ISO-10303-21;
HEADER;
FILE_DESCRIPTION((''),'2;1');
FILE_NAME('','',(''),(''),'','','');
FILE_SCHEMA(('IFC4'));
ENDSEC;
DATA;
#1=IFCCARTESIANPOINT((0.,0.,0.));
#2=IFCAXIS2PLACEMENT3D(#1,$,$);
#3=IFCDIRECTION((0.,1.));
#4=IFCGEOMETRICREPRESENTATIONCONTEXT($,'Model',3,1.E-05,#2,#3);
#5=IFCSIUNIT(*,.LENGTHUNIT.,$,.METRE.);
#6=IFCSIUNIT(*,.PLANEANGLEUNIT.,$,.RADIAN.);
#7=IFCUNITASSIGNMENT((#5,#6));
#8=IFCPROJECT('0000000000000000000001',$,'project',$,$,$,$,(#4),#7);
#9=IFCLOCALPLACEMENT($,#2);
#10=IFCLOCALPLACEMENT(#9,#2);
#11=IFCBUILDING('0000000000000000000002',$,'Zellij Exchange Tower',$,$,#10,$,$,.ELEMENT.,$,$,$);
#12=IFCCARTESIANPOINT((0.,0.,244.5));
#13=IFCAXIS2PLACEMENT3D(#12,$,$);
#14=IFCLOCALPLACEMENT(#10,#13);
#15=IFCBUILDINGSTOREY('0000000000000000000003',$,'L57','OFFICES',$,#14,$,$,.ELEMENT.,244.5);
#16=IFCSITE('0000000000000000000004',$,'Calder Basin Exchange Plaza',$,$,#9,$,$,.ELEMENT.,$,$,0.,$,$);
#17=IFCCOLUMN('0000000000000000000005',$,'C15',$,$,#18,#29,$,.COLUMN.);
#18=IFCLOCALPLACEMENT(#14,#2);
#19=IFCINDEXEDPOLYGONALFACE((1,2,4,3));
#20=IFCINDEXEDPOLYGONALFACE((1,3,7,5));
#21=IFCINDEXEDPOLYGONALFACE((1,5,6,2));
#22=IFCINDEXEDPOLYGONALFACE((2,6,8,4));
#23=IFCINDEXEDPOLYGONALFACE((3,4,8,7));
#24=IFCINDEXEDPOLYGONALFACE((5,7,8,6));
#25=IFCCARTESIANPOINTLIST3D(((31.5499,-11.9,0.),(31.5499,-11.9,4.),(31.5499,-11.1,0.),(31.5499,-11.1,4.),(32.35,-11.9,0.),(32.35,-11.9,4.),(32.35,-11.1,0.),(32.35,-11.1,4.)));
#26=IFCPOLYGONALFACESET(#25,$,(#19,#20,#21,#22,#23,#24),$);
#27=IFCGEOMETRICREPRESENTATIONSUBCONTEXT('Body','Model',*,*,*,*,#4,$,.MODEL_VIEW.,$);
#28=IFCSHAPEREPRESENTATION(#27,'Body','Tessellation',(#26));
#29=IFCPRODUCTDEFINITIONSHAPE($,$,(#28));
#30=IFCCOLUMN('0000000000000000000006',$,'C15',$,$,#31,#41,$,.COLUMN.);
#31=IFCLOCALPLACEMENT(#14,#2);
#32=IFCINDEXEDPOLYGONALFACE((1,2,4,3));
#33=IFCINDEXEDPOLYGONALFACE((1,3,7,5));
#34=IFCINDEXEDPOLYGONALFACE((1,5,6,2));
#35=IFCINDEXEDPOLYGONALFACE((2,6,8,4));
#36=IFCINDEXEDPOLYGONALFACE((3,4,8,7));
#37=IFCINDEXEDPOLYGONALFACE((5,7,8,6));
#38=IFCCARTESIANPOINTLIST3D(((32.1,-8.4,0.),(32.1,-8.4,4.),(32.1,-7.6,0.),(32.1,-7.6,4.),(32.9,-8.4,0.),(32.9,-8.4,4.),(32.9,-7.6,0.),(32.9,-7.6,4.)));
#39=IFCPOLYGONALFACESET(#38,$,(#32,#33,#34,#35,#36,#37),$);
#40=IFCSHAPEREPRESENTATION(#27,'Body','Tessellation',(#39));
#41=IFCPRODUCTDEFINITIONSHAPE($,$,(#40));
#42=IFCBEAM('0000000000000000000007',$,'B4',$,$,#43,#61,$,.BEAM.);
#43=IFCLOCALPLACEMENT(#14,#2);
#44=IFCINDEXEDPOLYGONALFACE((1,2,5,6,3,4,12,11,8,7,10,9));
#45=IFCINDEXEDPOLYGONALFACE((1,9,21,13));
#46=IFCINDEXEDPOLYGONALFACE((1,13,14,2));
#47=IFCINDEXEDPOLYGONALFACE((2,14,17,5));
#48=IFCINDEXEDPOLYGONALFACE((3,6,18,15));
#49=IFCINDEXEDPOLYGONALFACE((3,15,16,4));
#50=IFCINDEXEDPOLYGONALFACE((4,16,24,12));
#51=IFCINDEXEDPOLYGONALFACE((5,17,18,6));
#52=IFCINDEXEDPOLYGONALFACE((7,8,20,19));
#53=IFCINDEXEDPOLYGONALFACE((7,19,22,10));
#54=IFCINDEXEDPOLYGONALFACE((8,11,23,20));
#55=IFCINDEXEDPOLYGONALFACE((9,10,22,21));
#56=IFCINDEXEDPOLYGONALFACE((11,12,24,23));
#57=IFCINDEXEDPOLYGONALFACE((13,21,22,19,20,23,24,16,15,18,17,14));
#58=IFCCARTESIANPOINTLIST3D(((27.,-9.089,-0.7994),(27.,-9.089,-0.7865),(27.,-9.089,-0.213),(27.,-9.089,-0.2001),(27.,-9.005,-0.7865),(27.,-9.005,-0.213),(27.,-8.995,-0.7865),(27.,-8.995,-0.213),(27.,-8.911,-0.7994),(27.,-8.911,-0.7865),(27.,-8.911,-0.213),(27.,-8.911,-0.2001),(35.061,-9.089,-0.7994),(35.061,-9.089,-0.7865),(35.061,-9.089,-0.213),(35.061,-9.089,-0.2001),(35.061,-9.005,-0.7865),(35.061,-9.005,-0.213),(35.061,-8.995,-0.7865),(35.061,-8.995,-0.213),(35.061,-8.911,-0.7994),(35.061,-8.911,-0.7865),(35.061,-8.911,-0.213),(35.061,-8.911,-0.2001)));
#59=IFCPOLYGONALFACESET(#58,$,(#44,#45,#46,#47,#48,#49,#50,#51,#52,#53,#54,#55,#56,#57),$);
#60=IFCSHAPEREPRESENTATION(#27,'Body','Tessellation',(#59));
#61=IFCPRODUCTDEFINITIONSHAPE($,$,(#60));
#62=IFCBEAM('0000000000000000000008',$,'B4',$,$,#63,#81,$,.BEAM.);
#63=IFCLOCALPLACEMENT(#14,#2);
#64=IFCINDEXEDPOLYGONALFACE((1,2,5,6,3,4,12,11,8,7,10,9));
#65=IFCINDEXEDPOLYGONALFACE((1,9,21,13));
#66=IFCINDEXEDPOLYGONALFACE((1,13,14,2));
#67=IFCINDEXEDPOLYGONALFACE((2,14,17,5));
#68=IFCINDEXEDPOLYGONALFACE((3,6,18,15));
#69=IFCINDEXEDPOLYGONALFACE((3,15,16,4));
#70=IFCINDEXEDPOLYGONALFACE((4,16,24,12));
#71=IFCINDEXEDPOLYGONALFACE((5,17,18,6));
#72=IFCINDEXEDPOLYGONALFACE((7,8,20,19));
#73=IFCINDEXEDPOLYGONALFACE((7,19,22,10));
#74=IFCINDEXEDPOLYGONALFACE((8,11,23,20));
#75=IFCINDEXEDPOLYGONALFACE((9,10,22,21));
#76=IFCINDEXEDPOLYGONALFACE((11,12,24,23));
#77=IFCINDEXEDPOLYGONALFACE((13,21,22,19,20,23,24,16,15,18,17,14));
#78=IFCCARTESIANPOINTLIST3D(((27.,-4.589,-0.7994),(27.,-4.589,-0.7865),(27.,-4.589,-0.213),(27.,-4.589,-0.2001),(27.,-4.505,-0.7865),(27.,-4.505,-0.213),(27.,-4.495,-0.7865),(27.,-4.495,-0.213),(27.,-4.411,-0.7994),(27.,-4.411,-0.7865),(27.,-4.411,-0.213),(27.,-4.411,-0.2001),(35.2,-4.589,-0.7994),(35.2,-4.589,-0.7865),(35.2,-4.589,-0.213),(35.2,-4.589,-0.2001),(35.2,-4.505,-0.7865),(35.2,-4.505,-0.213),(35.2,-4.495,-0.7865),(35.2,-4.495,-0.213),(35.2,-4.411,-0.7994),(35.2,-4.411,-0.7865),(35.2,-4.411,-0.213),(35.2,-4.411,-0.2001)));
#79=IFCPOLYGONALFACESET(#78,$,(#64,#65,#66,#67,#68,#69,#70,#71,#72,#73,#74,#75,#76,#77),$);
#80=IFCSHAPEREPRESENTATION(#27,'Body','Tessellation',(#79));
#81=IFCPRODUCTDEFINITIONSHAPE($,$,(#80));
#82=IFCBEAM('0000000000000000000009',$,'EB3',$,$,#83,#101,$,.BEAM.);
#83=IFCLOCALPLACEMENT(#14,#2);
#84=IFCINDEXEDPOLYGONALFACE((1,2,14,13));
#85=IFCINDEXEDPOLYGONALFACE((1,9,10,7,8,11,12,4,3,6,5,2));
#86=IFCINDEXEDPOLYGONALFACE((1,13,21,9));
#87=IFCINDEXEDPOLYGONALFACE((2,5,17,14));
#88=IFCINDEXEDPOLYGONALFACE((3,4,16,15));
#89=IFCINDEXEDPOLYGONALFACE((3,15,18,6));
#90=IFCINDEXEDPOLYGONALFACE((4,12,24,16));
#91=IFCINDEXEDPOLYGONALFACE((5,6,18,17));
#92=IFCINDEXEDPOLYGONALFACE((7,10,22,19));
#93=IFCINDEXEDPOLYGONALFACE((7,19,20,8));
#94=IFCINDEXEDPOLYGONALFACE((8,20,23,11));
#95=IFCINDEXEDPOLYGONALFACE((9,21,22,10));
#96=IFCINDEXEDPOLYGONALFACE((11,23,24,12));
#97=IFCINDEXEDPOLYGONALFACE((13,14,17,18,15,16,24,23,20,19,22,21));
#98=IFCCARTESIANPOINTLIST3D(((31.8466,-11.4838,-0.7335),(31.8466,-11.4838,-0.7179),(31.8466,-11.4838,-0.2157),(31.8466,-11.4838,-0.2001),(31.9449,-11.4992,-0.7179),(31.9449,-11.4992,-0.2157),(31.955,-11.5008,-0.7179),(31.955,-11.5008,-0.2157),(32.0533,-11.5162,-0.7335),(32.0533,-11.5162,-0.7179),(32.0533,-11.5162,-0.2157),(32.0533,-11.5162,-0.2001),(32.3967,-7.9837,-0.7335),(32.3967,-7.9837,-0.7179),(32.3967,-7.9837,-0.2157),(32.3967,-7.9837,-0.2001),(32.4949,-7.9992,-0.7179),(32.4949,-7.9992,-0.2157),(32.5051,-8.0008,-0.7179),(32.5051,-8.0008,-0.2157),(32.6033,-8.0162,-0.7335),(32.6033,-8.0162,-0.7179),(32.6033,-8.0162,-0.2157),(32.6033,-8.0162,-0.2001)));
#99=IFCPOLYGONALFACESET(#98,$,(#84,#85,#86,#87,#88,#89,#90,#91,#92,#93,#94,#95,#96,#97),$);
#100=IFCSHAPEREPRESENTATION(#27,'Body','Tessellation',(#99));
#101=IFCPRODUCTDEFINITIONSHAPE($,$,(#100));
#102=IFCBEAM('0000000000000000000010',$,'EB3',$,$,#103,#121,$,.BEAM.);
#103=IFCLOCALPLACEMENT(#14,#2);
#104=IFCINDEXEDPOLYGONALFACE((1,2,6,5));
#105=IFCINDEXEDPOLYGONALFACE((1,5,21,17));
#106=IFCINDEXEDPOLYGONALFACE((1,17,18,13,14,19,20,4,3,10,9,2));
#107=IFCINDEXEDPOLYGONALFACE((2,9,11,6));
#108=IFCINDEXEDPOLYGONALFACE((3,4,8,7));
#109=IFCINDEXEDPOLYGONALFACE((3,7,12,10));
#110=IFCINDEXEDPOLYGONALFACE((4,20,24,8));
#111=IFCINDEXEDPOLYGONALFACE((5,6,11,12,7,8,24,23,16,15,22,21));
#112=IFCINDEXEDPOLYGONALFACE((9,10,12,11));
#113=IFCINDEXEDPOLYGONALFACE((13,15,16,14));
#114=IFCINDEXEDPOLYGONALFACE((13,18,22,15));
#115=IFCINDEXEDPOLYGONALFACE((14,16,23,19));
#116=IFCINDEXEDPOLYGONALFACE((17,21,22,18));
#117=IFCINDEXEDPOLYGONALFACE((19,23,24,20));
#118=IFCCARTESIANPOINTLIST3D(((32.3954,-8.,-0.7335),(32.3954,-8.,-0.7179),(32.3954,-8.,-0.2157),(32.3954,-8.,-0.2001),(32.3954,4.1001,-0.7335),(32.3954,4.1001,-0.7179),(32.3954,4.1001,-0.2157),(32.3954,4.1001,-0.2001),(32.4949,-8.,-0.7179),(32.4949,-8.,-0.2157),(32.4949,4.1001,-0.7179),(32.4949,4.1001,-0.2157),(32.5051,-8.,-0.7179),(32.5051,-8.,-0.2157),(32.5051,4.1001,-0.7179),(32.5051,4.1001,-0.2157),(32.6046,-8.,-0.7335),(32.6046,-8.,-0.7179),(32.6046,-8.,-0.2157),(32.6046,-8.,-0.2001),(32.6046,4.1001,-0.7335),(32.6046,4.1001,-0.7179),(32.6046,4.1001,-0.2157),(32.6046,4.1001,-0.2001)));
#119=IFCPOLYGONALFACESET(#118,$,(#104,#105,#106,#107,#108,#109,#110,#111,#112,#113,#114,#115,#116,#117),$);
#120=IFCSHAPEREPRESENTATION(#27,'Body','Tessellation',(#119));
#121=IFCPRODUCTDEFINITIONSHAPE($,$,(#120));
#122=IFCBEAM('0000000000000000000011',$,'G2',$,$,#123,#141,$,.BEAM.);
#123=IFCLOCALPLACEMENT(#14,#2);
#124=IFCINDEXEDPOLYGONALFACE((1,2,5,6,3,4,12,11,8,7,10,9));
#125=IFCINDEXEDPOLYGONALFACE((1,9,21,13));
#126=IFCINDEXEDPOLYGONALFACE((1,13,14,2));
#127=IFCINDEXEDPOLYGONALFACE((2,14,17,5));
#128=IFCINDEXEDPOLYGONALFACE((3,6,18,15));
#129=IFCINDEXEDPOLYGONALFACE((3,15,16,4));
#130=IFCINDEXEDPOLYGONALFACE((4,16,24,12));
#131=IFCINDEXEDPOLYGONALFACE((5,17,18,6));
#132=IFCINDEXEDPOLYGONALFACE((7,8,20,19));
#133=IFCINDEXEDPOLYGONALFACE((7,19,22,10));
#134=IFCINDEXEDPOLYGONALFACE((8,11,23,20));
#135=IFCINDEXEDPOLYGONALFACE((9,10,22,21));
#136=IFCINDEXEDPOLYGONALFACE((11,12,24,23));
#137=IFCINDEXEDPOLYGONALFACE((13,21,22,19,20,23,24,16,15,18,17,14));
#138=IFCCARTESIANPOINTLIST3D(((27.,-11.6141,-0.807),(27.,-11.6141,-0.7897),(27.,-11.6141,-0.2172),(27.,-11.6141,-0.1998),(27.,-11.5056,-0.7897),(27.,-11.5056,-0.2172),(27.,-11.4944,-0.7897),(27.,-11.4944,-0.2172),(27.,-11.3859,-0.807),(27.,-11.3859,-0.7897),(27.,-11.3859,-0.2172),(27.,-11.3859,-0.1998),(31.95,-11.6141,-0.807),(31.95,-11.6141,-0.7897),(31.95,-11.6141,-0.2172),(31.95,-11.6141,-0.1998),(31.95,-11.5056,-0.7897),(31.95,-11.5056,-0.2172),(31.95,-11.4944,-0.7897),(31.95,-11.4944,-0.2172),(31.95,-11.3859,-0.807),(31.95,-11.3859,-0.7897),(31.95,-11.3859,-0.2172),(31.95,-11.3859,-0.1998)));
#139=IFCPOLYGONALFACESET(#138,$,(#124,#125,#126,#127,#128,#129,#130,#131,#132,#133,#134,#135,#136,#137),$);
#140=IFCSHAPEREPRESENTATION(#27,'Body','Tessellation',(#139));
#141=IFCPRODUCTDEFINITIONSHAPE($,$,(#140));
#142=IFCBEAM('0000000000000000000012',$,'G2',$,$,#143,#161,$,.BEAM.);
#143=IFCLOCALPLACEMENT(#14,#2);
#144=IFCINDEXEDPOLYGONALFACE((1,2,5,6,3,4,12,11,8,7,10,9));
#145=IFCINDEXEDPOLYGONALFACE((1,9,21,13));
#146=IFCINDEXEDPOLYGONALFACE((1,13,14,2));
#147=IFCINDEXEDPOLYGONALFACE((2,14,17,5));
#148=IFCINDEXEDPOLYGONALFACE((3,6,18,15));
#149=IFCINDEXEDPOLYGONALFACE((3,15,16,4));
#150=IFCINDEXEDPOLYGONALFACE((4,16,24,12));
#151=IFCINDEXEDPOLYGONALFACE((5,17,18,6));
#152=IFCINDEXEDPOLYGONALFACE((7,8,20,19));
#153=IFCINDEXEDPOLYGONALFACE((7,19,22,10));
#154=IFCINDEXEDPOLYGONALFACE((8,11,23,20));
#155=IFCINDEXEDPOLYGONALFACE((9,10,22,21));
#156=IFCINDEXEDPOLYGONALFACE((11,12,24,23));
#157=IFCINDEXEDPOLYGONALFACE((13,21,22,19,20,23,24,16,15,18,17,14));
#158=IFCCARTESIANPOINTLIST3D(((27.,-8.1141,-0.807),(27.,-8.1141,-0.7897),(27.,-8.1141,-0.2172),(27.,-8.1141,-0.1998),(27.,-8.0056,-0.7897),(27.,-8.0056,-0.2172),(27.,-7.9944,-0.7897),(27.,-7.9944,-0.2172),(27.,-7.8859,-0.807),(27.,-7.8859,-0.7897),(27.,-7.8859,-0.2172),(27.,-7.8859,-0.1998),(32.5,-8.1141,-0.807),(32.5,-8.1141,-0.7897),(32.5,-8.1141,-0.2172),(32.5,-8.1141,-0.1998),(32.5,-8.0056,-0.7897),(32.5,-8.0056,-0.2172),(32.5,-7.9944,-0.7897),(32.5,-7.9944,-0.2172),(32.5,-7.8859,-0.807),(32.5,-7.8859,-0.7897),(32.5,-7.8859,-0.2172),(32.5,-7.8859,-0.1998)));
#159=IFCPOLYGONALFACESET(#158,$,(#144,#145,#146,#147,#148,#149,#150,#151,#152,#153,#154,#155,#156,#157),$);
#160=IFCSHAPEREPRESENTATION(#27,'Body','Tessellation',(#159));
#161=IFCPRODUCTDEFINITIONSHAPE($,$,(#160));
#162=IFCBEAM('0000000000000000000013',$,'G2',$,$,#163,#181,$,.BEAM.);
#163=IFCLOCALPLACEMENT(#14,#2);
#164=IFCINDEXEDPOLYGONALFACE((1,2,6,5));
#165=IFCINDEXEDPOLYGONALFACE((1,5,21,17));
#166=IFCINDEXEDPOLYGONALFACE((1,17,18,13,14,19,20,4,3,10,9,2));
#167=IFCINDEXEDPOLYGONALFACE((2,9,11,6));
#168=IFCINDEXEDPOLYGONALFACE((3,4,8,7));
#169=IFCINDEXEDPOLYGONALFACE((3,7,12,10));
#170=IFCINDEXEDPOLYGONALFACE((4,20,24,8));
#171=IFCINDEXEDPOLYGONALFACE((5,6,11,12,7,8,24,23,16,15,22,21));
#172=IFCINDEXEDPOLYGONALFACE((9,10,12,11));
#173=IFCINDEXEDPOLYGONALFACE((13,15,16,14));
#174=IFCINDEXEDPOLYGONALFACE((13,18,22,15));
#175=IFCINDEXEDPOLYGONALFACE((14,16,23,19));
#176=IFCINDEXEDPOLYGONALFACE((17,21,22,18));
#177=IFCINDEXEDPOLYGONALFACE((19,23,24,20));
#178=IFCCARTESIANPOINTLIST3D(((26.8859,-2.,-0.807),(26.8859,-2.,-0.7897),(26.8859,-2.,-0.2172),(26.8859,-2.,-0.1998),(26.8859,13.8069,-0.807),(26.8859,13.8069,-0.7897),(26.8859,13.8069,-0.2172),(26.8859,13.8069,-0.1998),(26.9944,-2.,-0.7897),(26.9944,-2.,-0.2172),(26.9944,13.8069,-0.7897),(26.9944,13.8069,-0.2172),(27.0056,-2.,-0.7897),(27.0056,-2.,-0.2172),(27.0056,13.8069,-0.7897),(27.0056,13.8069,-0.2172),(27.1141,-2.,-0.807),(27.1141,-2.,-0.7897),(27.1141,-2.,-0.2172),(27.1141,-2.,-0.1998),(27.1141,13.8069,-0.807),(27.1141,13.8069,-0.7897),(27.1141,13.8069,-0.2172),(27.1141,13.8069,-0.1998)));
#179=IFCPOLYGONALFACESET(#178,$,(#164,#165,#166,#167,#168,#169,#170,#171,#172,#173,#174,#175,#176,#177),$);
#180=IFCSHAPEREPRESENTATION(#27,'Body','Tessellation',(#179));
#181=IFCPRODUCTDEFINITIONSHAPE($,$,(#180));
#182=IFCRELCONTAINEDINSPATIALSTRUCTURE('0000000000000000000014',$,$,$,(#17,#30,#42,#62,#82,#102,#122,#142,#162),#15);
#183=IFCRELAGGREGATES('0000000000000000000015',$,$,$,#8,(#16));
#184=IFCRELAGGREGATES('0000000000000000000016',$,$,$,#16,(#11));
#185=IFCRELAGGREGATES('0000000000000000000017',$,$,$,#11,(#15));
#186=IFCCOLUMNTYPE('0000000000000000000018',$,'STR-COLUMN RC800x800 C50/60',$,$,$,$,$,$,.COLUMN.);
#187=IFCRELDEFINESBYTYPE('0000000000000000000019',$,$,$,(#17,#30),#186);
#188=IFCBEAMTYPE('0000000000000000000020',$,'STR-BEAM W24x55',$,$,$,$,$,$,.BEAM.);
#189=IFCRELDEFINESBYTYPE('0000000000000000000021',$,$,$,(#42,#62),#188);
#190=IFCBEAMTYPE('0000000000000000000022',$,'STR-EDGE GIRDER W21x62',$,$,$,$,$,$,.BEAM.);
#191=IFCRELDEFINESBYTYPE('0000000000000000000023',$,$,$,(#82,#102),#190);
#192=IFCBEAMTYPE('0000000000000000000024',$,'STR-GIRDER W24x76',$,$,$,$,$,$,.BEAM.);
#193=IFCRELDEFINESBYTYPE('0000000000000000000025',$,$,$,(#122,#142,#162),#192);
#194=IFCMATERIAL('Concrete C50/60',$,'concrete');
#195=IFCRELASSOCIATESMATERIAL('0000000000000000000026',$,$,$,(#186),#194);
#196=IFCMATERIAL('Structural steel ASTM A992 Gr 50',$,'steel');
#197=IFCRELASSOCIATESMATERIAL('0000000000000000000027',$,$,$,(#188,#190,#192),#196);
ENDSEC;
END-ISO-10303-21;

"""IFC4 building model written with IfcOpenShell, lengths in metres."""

from ifc_helpers import new_model, si_unit, direction, frame, origin, origin_2d, place, context, subcontext, project, spatial, rectangle, i_section, extrude, material, material_profile, profile_set, type_object, element, save


model = new_model("IFC4")

# Units and contexts
model_context = context("Model", 3, precision=1e-05, world=origin(), true_north=direction((0.0, 1.0)))
body_context = subcontext(model_context, "Body", "Model", "MODEL_VIEW")
ifc_project = project(units=[si_unit("LENGTHUNIT", "METRE"), si_unit("PLANEANGLEUNIT", "RADIAN")], contexts=[model_context])

# Site, building, storey
site_placement = place(None, origin())
site = spatial("IfcSite", under=ifc_project, at=site_placement, Name="Calder Basin Exchange Plaza", CompositionType="ELEMENT", RefElevation=0.0)
building_placement = place(site_placement, origin())
building = spatial("IfcBuilding", under=site, at=building_placement, Name="Zellij Exchange Tower", CompositionType="ELEMENT")
storey_placement = place(building_placement, frame((0.0, 0.0, 244.5)))
storey = spatial("IfcBuildingStorey", under=building, at=storey_placement, Name="L57", Description="OFFICES", CompositionType="ELEMENT", Elevation=244.5)

# Columns
ifc_material_1 = material(Name="Concrete C50/60", Category="concrete")
ifc_material_profile_1 = material_profile(ifc_material_1, rectangle(XDim=0.8, YDim=0.8, at=origin_2d()), Name="STR-COLUMN RC800x800 C50/60")
ifc_profile_set_1 = profile_set([ifc_material_profile_1], Name="Concrete C50/60")
column_type = type_object("IfcColumnType", Name="STR-COLUMN RC800x800 C50/60", PredefinedType="COLUMN", material=ifc_profile_set_1)
for number, where, z_axis, x_axis, name in (
    (1, (31.95, -11.5, 0.0), (0.0, 0.0, 1.0), (1.0, 0.0, 0.0), "C15"),
    (2, (32.5, -8.0, 0.0), (0.0, 0.0, 1.0), (1.0, 0.0, 0.0), "C15"),
):
    element("IfcColumn", number, at=place(storey_placement, frame(where, z_axis=z_axis, x_axis=x_axis)), inside=storey, type_object=column_type, Name=name, PredefinedType="COLUMN", context=body_context, shape_type="SweptSolid", body=[
        extrude(rectangle(XDim=0.8, YDim=0.8, at=origin_2d()), origin(), (0.0, 0.0, 1.0), 4.0),
    ])

# Beams
ifc_material_2 = material(Name="Structural steel ASTM A992 Gr 50", Category="steel")
ifc_material_profile_2 = material_profile(ifc_material_2, i_section(OverallWidth=0.178, OverallDepth=0.5994, WebThickness=0.01, FlangeThickness=0.0129, at=origin_2d()), Name="W24x55")
ifc_profile_set_2 = profile_set([ifc_material_profile_2], Name="Structural steel ASTM A992 Gr 50")
beam_type_1 = type_object("IfcBeamType", Name="STR-BEAM W24x55", PredefinedType="BEAM", material=ifc_profile_set_2)
beam_1_placement = place(storey_placement, frame((27.0, -9.0, -0.4998), z_axis=(1.0, 0.0, 0.0), x_axis=(0.0, 1.0, 0.0)))
element("IfcBeam", 3, at=beam_1_placement, inside=storey, type_object=beam_type_1, Name="B4", PredefinedType="BEAM", context=body_context, shape_type="SweptSolid", body=[
    extrude(i_section(OverallWidth=0.178, OverallDepth=0.5994, WebThickness=0.01, FlangeThickness=0.0129, at=origin_2d()), origin(), (0.0, 0.0, 1.0), 8.061),
])
beam_2_placement = place(storey_placement, frame((27.0, -4.5, -0.4998), z_axis=(1.0, 0.0, 0.0), x_axis=(0.0, 1.0, 0.0)))
element("IfcBeam", 4, at=beam_2_placement, inside=storey, type_object=beam_type_1, Name="B4", PredefinedType="BEAM", context=body_context, shape_type="SweptSolid", body=[
    extrude(i_section(OverallWidth=0.178, OverallDepth=0.5994, WebThickness=0.01, FlangeThickness=0.0129, at=origin_2d()), origin(), (0.0, 0.0, 1.0), 8.2),
])
ifc_material_profile_3 = material_profile(ifc_material_2, i_section(OverallWidth=0.2092, OverallDepth=0.5334, WebThickness=0.0103, FlangeThickness=0.0156, at=origin_2d()), Name="W21x62")
ifc_profile_set_3 = profile_set([ifc_material_profile_3], Name="Structural steel ASTM A992 Gr 50")
beam_type_2 = type_object("IfcBeamType", Name="STR-EDGE GIRDER W21x62", PredefinedType="BEAM", material=ifc_profile_set_3)
beam_3_placement = place(storey_placement, frame((31.95, -11.5, -0.4668), z_axis=(0.155251, 0.987875, 0.0), x_axis=(-0.987875, 0.155251, 0.0)))
element("IfcBeam", 5, at=beam_3_placement, inside=storey, type_object=beam_type_2, Name="EB3", PredefinedType="BEAM", context=body_context, shape_type="SweptSolid", body=[
    extrude(i_section(OverallWidth=0.2092, OverallDepth=0.5334, WebThickness=0.0103, FlangeThickness=0.0156, at=origin_2d()), origin(), (0.0, 0.0, 1.0), 3.543),
])
beam_4_placement = place(storey_placement, frame((32.5, -8.0, -0.4668), z_axis=(0.0, 1.0, 0.0), x_axis=(-1.0, 0.0, 0.0)))
element("IfcBeam", 6, at=beam_4_placement, inside=storey, type_object=beam_type_2, Name="EB3", PredefinedType="BEAM", context=body_context, shape_type="SweptSolid", body=[
    extrude(i_section(OverallWidth=0.2092, OverallDepth=0.5334, WebThickness=0.0103, FlangeThickness=0.0156, at=origin_2d()), origin(), (0.0, 0.0, 1.0), 12.1001),
])
ifc_material_profile_4 = material_profile(ifc_material_2, i_section(OverallWidth=0.2283, OverallDepth=0.6072, WebThickness=0.0112, FlangeThickness=0.0173, at=origin_2d()), Name="W24x76")
ifc_profile_set_4 = profile_set([ifc_material_profile_4], Name="Structural steel ASTM A992 Gr 50")
beam_type_3 = type_object("IfcBeamType", Name="STR-GIRDER W24x76", PredefinedType="BEAM", material=ifc_profile_set_4)
beam_5_placement = place(storey_placement, frame((27.0, -11.5, -0.5034), z_axis=(1.0, 0.0, 0.0), x_axis=(0.0, 1.0, 0.0)))
element("IfcBeam", 7, at=beam_5_placement, inside=storey, type_object=beam_type_3, Name="G2", PredefinedType="BEAM", context=body_context, shape_type="SweptSolid", body=[
    extrude(i_section(OverallWidth=0.2283, OverallDepth=0.6072, WebThickness=0.0112, FlangeThickness=0.0173, at=origin_2d()), origin(), (0.0, 0.0, 1.0), 4.95),
])
beam_6_placement = place(storey_placement, frame((27.0, -8.0, -0.5034), z_axis=(1.0, 0.0, 0.0), x_axis=(0.0, 1.0, 0.0)))
element("IfcBeam", 8, at=beam_6_placement, inside=storey, type_object=beam_type_3, Name="G2", PredefinedType="BEAM", context=body_context, shape_type="SweptSolid", body=[
    extrude(i_section(OverallWidth=0.2283, OverallDepth=0.6072, WebThickness=0.0112, FlangeThickness=0.0173, at=origin_2d()), origin(), (0.0, 0.0, 1.0), 5.5),
])
beam_7_placement = place(storey_placement, frame((27.0, -2.0, -0.5034), z_axis=(0.0, 1.0, 0.0), x_axis=(-1.0, 0.0, 0.0)))
element("IfcBeam", 9, at=beam_7_placement, inside=storey, type_object=beam_type_3, Name="G2", PredefinedType="BEAM", context=body_context, shape_type="SweptSolid", body=[
    extrude(i_section(OverallWidth=0.2283, OverallDepth=0.6072, WebThickness=0.0112, FlangeThickness=0.0173, at=origin_2d()), origin(), (0.0, 0.0, 1.0), 15.8069),
])

save(model, "model.ifc")
